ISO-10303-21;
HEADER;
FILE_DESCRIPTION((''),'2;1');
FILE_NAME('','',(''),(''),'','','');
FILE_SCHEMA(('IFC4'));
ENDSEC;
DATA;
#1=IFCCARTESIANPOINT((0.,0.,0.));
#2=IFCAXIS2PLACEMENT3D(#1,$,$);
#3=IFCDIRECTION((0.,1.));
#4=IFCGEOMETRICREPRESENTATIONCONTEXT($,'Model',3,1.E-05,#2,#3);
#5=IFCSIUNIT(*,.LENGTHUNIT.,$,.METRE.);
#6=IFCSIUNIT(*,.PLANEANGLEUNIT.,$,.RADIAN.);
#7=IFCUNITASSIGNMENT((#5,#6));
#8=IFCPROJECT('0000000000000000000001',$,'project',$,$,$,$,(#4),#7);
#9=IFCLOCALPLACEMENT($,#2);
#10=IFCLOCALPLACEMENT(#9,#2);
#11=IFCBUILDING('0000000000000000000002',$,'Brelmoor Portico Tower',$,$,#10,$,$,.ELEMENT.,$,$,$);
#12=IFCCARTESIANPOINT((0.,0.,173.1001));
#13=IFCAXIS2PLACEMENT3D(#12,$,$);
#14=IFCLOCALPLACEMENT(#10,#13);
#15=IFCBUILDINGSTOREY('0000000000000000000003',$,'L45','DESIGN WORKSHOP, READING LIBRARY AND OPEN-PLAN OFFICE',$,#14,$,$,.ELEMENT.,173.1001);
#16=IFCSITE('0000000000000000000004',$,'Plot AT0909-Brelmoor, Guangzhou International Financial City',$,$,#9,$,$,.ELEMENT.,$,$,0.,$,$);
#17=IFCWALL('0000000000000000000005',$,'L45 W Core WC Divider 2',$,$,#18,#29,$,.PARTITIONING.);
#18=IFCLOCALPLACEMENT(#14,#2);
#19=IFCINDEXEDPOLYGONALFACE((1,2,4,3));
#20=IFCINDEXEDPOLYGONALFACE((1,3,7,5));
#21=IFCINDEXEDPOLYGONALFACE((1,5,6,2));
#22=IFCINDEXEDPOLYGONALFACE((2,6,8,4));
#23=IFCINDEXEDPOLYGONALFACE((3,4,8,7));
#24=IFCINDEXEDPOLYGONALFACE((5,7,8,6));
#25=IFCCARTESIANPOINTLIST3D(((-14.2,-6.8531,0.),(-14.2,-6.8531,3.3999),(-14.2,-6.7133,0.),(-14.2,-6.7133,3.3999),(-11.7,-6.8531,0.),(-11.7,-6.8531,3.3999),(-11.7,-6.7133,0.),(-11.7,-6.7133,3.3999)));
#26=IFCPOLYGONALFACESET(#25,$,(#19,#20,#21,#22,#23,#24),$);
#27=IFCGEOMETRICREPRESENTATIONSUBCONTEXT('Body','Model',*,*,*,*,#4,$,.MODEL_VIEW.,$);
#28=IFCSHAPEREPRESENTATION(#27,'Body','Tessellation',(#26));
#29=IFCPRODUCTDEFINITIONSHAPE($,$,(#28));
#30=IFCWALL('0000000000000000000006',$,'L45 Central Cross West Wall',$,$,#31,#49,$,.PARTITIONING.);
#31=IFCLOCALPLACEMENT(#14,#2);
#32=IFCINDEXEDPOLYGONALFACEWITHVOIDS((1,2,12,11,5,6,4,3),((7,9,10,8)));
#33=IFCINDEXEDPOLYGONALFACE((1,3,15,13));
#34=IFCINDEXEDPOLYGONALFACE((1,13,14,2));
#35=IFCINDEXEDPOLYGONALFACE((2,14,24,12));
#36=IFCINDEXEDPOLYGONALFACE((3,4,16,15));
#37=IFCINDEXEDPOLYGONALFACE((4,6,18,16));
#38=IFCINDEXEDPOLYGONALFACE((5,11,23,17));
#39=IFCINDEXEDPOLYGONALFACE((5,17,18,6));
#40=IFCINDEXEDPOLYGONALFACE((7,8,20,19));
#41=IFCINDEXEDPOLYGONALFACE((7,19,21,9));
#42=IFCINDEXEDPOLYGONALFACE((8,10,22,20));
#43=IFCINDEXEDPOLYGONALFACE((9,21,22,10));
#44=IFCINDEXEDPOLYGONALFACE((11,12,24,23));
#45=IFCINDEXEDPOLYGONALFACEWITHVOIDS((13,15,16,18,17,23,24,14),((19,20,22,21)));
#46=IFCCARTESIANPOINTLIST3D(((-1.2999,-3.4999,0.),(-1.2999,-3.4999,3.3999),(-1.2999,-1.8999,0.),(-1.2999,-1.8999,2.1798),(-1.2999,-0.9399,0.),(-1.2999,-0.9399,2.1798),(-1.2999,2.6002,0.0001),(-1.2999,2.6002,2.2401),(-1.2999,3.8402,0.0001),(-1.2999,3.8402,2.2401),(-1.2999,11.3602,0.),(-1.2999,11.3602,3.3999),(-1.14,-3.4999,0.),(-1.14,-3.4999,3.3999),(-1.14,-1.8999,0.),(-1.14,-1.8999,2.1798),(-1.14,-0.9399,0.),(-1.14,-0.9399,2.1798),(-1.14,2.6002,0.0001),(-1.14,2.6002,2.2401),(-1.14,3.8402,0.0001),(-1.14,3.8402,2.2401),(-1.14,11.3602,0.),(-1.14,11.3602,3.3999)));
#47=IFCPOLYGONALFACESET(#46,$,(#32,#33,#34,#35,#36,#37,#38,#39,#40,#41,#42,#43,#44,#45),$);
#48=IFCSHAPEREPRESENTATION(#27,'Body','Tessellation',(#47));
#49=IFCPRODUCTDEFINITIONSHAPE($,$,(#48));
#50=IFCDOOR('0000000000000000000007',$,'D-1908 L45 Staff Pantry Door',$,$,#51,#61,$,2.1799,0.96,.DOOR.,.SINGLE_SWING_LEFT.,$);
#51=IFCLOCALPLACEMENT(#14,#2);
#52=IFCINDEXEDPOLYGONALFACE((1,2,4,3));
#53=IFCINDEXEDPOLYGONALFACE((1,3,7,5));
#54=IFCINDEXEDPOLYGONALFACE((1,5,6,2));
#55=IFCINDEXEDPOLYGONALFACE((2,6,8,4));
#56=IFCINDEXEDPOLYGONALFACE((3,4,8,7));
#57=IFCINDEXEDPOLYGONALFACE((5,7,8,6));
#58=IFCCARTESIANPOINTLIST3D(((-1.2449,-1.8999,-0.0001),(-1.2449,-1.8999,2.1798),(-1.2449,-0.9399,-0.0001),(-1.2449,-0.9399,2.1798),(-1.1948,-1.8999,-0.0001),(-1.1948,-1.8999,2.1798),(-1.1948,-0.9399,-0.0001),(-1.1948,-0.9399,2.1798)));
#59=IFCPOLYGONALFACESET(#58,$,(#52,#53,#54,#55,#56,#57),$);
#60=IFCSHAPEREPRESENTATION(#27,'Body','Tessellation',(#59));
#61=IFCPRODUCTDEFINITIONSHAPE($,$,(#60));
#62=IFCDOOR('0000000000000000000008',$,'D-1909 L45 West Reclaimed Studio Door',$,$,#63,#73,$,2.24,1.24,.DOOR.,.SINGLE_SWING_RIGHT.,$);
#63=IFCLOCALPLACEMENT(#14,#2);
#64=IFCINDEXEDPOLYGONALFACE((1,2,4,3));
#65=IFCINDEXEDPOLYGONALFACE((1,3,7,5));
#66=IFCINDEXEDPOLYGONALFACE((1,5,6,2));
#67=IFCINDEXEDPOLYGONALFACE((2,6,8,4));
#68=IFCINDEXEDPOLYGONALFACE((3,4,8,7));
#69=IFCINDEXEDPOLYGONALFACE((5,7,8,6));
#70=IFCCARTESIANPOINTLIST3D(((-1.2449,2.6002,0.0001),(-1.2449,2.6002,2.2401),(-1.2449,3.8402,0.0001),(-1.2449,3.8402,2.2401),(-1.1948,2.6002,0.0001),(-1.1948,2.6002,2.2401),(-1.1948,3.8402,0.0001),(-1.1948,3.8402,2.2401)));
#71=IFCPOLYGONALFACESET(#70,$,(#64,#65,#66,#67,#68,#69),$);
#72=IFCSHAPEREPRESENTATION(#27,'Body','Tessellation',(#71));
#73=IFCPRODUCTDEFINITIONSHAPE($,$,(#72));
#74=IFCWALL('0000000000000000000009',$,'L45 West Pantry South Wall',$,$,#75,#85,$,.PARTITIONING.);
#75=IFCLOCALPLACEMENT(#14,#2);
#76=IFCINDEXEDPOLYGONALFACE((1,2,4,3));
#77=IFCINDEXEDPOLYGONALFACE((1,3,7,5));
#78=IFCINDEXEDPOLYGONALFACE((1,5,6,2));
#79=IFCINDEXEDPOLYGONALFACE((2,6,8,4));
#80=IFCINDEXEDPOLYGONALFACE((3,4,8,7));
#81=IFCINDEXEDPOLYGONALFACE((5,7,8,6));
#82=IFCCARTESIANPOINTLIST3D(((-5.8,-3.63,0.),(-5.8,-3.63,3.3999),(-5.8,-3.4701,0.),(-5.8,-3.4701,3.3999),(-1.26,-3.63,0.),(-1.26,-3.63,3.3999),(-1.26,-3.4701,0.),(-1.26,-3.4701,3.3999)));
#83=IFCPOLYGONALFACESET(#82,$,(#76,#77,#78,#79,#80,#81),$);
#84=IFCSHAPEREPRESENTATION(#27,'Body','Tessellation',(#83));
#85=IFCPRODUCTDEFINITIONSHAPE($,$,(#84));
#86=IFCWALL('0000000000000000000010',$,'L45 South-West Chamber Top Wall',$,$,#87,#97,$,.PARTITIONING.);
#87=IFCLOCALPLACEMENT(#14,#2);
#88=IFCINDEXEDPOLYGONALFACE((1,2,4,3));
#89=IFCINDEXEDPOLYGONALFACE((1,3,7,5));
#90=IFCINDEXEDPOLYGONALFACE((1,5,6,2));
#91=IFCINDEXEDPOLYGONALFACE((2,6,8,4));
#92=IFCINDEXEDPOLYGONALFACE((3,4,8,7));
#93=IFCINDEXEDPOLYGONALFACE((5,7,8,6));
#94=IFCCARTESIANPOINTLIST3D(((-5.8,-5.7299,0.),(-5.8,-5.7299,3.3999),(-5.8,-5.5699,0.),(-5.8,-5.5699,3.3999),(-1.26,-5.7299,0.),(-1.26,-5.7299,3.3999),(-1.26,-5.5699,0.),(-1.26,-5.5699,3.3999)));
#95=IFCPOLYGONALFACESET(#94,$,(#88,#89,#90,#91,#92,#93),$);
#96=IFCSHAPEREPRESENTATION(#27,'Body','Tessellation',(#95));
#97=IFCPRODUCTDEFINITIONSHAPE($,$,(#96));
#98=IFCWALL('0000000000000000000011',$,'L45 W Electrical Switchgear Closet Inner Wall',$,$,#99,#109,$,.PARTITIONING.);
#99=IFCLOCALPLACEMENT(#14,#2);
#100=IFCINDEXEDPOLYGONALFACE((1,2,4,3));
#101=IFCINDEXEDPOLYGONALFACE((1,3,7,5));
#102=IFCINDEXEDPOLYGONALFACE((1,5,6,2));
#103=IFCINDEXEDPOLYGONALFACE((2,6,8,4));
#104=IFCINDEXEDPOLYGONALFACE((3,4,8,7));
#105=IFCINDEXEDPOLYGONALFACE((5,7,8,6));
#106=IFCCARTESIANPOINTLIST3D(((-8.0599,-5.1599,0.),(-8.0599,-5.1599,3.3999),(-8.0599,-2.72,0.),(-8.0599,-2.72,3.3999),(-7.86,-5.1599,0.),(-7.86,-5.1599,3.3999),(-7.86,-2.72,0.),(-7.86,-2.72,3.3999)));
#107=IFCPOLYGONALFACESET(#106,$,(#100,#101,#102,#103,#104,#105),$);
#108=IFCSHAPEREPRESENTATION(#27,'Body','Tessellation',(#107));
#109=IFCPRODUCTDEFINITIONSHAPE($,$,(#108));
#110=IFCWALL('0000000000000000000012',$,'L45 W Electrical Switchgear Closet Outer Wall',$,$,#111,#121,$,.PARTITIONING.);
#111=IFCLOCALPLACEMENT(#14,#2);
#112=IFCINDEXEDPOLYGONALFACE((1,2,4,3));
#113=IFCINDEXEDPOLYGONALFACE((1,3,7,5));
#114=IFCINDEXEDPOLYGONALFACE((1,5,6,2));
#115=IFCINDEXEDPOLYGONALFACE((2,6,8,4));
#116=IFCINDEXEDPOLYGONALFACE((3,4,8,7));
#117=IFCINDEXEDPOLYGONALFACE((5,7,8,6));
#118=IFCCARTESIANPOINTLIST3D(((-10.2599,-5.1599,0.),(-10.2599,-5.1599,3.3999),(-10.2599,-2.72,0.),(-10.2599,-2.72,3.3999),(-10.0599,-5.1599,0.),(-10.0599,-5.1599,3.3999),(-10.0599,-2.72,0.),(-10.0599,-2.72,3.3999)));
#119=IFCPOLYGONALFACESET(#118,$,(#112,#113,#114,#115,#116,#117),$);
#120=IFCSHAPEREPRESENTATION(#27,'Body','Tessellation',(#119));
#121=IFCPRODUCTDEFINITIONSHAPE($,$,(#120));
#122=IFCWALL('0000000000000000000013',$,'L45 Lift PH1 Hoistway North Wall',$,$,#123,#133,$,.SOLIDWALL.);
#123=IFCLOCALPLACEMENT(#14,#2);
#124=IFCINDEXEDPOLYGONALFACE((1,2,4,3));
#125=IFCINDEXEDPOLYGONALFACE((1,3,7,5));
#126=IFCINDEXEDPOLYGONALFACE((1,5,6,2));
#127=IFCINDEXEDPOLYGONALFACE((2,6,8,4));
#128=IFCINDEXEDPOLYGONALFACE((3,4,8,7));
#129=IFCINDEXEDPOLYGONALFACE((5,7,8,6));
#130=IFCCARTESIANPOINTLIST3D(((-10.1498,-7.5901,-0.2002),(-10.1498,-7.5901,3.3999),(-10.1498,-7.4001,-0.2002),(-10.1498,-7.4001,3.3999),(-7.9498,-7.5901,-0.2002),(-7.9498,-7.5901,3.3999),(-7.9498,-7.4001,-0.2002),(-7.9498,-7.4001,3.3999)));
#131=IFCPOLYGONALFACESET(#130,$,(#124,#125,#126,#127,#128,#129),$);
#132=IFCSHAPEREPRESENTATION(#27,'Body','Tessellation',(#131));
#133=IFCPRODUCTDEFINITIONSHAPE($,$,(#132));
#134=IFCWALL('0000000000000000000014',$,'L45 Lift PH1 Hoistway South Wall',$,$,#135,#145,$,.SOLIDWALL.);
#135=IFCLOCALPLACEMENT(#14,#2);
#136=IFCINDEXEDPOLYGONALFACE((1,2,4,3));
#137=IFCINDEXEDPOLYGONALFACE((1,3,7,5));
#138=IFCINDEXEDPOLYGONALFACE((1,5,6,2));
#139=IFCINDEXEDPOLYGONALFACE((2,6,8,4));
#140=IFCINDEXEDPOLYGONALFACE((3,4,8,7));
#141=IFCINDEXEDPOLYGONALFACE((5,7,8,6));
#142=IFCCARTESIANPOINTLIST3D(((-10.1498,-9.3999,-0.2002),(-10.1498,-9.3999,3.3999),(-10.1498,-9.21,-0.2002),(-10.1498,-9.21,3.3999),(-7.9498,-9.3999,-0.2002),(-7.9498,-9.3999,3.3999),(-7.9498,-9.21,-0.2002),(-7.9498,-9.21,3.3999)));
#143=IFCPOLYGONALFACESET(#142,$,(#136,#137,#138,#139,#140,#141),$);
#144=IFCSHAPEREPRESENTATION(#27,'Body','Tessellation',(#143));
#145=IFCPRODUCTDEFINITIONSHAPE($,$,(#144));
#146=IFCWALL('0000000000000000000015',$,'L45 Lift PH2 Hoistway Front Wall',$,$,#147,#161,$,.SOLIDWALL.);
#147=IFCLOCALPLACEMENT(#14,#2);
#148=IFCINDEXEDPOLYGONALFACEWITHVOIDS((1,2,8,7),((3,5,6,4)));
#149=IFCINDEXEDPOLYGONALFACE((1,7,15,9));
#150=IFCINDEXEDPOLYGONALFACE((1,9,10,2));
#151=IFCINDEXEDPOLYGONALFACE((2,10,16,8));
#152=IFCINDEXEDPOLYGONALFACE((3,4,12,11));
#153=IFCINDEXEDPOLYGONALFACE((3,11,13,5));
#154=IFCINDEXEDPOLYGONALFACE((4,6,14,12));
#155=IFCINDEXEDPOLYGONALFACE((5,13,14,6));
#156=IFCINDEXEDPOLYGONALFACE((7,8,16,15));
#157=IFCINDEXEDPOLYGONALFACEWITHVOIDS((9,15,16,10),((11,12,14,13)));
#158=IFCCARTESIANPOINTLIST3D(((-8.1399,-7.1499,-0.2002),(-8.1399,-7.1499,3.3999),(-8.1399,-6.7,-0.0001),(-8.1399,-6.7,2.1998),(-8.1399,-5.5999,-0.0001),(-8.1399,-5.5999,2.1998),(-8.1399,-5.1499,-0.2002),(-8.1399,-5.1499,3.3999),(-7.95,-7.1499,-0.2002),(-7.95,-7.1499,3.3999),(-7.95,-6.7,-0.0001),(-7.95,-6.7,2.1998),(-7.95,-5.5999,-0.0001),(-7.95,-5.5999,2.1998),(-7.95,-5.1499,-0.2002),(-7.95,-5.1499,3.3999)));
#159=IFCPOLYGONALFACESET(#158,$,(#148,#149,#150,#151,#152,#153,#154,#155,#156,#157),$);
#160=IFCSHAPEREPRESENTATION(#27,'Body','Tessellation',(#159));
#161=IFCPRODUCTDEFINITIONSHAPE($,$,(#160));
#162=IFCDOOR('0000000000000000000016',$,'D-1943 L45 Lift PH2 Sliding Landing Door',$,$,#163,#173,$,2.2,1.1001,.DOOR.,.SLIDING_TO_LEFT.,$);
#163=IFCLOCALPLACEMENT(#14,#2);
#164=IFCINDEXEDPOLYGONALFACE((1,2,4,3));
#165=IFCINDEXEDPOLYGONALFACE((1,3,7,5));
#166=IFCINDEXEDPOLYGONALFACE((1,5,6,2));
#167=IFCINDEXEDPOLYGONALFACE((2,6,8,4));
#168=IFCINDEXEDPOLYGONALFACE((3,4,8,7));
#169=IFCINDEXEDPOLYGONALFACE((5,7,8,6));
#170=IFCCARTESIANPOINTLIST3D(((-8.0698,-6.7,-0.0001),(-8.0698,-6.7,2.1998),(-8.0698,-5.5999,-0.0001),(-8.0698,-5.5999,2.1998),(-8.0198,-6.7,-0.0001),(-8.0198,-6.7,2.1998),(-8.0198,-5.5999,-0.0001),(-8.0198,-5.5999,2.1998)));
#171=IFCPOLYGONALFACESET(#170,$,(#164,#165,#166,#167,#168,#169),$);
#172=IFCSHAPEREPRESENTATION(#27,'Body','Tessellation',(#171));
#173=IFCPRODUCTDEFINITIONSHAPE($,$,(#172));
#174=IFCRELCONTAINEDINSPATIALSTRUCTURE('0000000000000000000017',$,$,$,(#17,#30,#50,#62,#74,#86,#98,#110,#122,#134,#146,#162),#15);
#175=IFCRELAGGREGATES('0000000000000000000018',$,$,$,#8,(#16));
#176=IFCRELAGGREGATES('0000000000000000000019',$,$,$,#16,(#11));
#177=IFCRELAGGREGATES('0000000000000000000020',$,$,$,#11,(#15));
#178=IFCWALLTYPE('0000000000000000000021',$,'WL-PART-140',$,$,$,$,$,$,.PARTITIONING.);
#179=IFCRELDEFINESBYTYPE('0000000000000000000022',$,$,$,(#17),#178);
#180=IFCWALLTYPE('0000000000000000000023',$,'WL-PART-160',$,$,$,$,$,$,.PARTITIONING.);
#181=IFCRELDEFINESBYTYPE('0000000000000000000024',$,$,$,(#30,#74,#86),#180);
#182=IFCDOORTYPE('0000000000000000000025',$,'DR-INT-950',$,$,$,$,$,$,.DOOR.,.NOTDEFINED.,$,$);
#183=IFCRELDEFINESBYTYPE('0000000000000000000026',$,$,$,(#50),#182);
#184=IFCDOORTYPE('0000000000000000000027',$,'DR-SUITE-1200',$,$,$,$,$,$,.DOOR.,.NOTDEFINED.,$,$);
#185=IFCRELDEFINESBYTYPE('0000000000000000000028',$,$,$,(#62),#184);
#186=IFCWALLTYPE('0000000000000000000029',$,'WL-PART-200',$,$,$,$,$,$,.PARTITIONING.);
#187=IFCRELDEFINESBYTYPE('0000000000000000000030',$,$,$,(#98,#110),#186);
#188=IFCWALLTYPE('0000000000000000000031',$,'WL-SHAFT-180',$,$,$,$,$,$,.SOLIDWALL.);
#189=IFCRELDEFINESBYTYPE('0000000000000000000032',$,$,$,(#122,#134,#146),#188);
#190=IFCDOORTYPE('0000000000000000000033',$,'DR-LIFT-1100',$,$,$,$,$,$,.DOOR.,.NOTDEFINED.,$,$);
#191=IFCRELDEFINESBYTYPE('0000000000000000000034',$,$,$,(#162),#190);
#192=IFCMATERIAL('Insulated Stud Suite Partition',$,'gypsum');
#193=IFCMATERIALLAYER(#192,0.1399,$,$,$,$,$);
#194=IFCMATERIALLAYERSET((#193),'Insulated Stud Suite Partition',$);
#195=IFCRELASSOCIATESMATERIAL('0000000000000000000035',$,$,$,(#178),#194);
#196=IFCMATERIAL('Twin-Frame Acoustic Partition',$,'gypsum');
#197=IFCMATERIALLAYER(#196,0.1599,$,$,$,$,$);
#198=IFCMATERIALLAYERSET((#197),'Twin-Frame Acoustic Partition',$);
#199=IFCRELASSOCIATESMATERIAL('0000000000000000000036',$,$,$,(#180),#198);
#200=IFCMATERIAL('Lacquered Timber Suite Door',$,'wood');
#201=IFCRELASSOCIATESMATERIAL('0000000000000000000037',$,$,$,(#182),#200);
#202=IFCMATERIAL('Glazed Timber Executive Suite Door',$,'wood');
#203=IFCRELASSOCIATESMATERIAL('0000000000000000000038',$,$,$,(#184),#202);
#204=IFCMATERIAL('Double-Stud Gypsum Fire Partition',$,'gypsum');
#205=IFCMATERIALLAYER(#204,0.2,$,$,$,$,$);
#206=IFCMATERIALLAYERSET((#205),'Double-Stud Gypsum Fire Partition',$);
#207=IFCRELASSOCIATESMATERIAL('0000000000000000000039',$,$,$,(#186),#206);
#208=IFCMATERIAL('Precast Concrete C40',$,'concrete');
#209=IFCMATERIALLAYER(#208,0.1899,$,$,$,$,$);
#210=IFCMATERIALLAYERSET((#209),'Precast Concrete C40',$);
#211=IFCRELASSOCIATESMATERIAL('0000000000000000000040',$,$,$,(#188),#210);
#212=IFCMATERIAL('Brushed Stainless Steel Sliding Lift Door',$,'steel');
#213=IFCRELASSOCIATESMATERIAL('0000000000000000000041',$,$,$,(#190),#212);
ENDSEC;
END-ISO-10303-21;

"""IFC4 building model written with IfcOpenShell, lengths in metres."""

from ifc_helpers import new_model, si_unit, direction, frame, frame_2d, origin, place, context, subcontext, project, spatial, rectangle, extrude, material, layer, layer_set, type_object, element, fill, save


model = new_model("IFC4")

# Units and contexts
model_context = context("Model", 3, precision=1e-05, world=origin(), true_north=direction((0.0, 1.0)))
body_context = subcontext(model_context, "Body", "Model", "MODEL_VIEW")
ifc_project = project(units=[si_unit("LENGTHUNIT", "METRE"), si_unit("PLANEANGLEUNIT", "RADIAN")], contexts=[model_context])

# Site, building, storey
site_placement = place(None, origin())
site = spatial("IfcSite", under=ifc_project, at=site_placement, Name="Plot AT0909-Brelmoor, Guangzhou International Financial City", CompositionType="ELEMENT", RefElevation=0.0)
building_placement = place(site_placement, origin())
building = spatial("IfcBuilding", under=site, at=building_placement, Name="Brelmoor Portico Tower", CompositionType="ELEMENT")
storey_placement = place(building_placement, frame((0.0, 0.0, 173.1001)))
storey = spatial("IfcBuildingStorey", under=building, at=storey_placement, Name="L45", Description="DESIGN WORKSHOP, READING LIBRARY AND OPEN-PLAN OFFICE", CompositionType="ELEMENT", Elevation=173.1001)

# Wall
ifc_material_1 = material(Name="Insulated Stud Suite Partition", Category="gypsum")
ifc_layer_1 = layer(ifc_material_1, 0.1399)
ifc_layer_set_1 = layer_set([ifc_layer_1], Name="Insulated Stud Suite Partition")
wall_type_1 = type_object("IfcWallType", Name="WL-PART-140", PredefinedType="PARTITIONING", material=ifc_layer_set_1)
wall_1_placement = place(storey_placement, frame((-11.7, -6.7832, 0.0), z_axis=(0.0, 0.0, 1.0), x_axis=(-1.0, 0.0, 0.0)))
element("IfcWall", 1, at=wall_1_placement, inside=storey, type_object=wall_type_1, Name="L45 W Core WC Divider 2", PredefinedType="PARTITIONING", context=body_context, shape_type="SweptSolid", body=[
    extrude(rectangle(XDim=2.5, YDim=0.1399, at=frame_2d((1.25, 0.0))), origin(), (0.0, 0.0, 1.0), 3.3999),
])

# Wall, openings, doors
ifc_material_2 = material(Name="Twin-Frame Acoustic Partition", Category="gypsum")
ifc_layer_2 = layer(ifc_material_2, 0.1599)
ifc_layer_set_2 = layer_set([ifc_layer_2], Name="Twin-Frame Acoustic Partition")
wall_type_2 = type_object("IfcWallType", Name="WL-PART-160", PredefinedType="PARTITIONING", material=ifc_layer_set_2)
wall_2_placement = place(storey_placement, frame((-1.22, -3.5, 0.0), z_axis=(0.0, 0.0, 1.0), x_axis=(0.0, 1.0, 0.0)))
wall_2 = element("IfcWall", 2, at=wall_2_placement, inside=storey, type_object=wall_type_2, Name="L45 Central Cross West Wall", PredefinedType="PARTITIONING", context=body_context, shape_type="SweptSolid", body=[
    extrude(rectangle(XDim=14.8601, YDim=0.1599, at=frame_2d((7.4302, 0.0))), origin(), (0.0, 0.0, 1.0), 3.3999),
])
opening_1_placement = place(wall_2_placement, frame((6.1001, 0.0, 0.0)))
opening_1 = element("IfcOpeningElement", 3, at=opening_1_placement, cuts=wall_2, PredefinedType="OPENING", context=body_context, shape_type="SweptSolid", body=[
    extrude(rectangle(XDim=1.24, YDim=2.24, at=frame_2d((0.6201, 1.1201))), frame((0.0, 0.0898, 0.0), z_axis=(0.0, -1.0, 0.0), x_axis=(1.0, 0.0, 0.0)), (0.0, 0.0, 1.0), 0.1799),
])
opening_2_placement = place(wall_2_placement, frame((1.6001, 0.0, 0.0)))
opening_2 = element("IfcOpeningElement", 4, at=opening_2_placement, cuts=wall_2, PredefinedType="OPENING", context=body_context, shape_type="SweptSolid", body=[
    extrude(rectangle(XDim=0.96, YDim=2.1799, at=frame_2d((0.48, 1.0898))), frame((0.0, 0.0898, 0.0), z_axis=(0.0, -1.0, 0.0), x_axis=(1.0, 0.0, 0.0)), (0.0, 0.0, 1.0), 0.1799),
])
ifc_material_3 = material(Name="Lacquered Timber Suite Door", Category="wood")
door_type_1 = type_object("IfcDoorType", Name="DR-INT-950", OperationType="NOTDEFINED", PredefinedType="DOOR", material=ifc_material_3)
door_1_placement = place(opening_2_placement, origin())
door_1 = element("IfcDoor", 5, at=door_1_placement, inside=storey, type_object=door_type_1, Name="D-1908 L45 Staff Pantry Door", OperationType="SINGLE_SWING_LEFT", OverallHeight=2.1799, OverallWidth=0.96, PredefinedType="DOOR", context=body_context, shape_type="SweptSolid", body=[
    extrude(rectangle(XDim=0.96, YDim=2.1799, at=frame_2d((0.48, 1.0898))), frame((0.0, 0.0249, 0.0), z_axis=(0.0, -1.0, 0.0), x_axis=(1.0, 0.0, 0.0)), (0.0, 0.0, 1.0), 0.05),
])
fill(opening_2, door_1)
ifc_material_4 = material(Name="Glazed Timber Executive Suite Door", Category="wood")
door_type_2 = type_object("IfcDoorType", Name="DR-SUITE-1200", OperationType="NOTDEFINED", PredefinedType="DOOR", material=ifc_material_4)
door_2_placement = place(opening_1_placement, origin())
door_2 = element("IfcDoor", 6, at=door_2_placement, inside=storey, type_object=door_type_2, Name="D-1909 L45 West Reclaimed Studio Door", OperationType="SINGLE_SWING_RIGHT", OverallHeight=2.24, OverallWidth=1.24, PredefinedType="DOOR", context=body_context, shape_type="SweptSolid", body=[
    extrude(rectangle(XDim=1.24, YDim=2.24, at=frame_2d((0.6201, 1.1201))), frame((0.0, 0.0249, 0.0), z_axis=(0.0, -1.0, 0.0), x_axis=(1.0, 0.0, 0.0)), (0.0, 0.0, 1.0), 0.05),
])
fill(opening_1, door_2)

# Walls
for number, where, z_axis, x_axis, name in (
    (7, (-5.8, -3.55, 0.0), (0.0, 0.0, 1.0), (1.0, 0.0, 0.0), "L45 West Pantry South Wall"),
    (8, (-5.8, -5.6499, 0.0), (0.0, 0.0, 1.0), (1.0, 0.0, 0.0), "L45 South-West Chamber Top Wall"),
):
    element("IfcWall", number, at=place(storey_placement, frame(where, z_axis=z_axis, x_axis=x_axis)), inside=storey, type_object=wall_type_2, Name=name, PredefinedType="PARTITIONING", context=body_context, shape_type="SweptSolid", body=[
        extrude(rectangle(XDim=4.54, YDim=0.1599, at=frame_2d((2.27, 0.0))), origin(), (0.0, 0.0, 1.0), 3.3999),
    ])
ifc_material_5 = material(Name="Double-Stud Gypsum Fire Partition", Category="gypsum")
ifc_layer_3 = layer(ifc_material_5, 0.2)
ifc_layer_set_3 = layer_set([ifc_layer_3], Name="Double-Stud Gypsum Fire Partition")
wall_type_3 = type_object("IfcWallType", Name="WL-PART-200", PredefinedType="PARTITIONING", material=ifc_layer_set_3)
for number, where, z_axis, x_axis, name in (
    (9, (-7.96, -5.1599, 0.0), (0.0, 0.0, 1.0), (0.0, 1.0, 0.0), "L45 W Electrical Switchgear Closet Inner Wall"),
    (10, (-10.1599, -5.1599, 0.0), (0.0, 0.0, 1.0), (0.0, 1.0, 0.0), "L45 W Electrical Switchgear Closet Outer Wall"),
):
    element("IfcWall", number, at=place(storey_placement, frame(where, z_axis=z_axis, x_axis=x_axis)), inside=storey, type_object=wall_type_3, Name=name, PredefinedType="PARTITIONING", context=body_context, shape_type="SweptSolid", body=[
        extrude(rectangle(XDim=2.4399, YDim=0.2, at=frame_2d((1.22, 0.0))), origin(), (0.0, 0.0, 1.0), 3.3999),
    ])
ifc_material_6 = material(Name="Precast Concrete C40", Category="concrete")
ifc_layer_4 = layer(ifc_material_6, 0.1899)
ifc_layer_set_4 = layer_set([ifc_layer_4], Name="Precast Concrete C40")
wall_type_4 = type_object("IfcWallType", Name="WL-SHAFT-180", PredefinedType="SOLIDWALL", material=ifc_layer_set_4)
for number, where, z_axis, x_axis, name in (
    (11, (-10.1499, -7.4951, -0.2002), (0.0, 0.0, 1.0), (1.0, 0.0, 0.0), "L45 Lift PH1 Hoistway North Wall"),
    (12, (-10.1499, -9.3049, -0.2002), (0.0, 0.0, 1.0), (1.0, 0.0, 0.0), "L45 Lift PH1 Hoistway South Wall"),
):
    element("IfcWall", number, at=place(storey_placement, frame(where, z_axis=z_axis, x_axis=x_axis)), inside=storey, type_object=wall_type_4, Name=name, PredefinedType="SOLIDWALL", context=body_context, shape_type="SweptSolid", body=[
        extrude(rectangle(XDim=2.2, YDim=0.1899, at=frame_2d((1.1001, 0.0))), origin(), (0.0, 0.0, 1.0), 3.6001),
    ])

# Wall, opening, door
wall_3_placement = place(storey_placement, frame((-8.0449, -7.1499, -0.2002), z_axis=(0.0, 0.0, 1.0), x_axis=(0.0, 1.0, 0.0)))
wall_3 = element("IfcWall", 13, at=wall_3_placement, inside=storey, type_object=wall_type_4, Name="L45 Lift PH2 Hoistway Front Wall", PredefinedType="SOLIDWALL", context=body_context, shape_type="SweptSolid", body=[
    extrude(rectangle(XDim=2.0, YDim=0.1899, at=frame_2d((1.0, 0.0))), origin(), (0.0, 0.0, 1.0), 3.6001),
])
opening_3_placement = place(wall_3_placement, frame((0.45, 0.0, 0.2)))
opening_3 = element("IfcOpeningElement", 14, at=opening_3_placement, cuts=wall_3, PredefinedType="OPENING", context=body_context, shape_type="SweptSolid", body=[
    extrude(rectangle(XDim=1.1001, YDim=2.2, at=frame_2d((0.55, 1.1001))), frame((0.0, 0.105, 0.0), z_axis=(0.0, -1.0, 0.0), x_axis=(1.0, 0.0, 0.0)), (0.0, 0.0, 1.0), 0.21),
])
ifc_material_7 = material(Name="Brushed Stainless Steel Sliding Lift Door", Category="steel")
door_type_3 = type_object("IfcDoorType", Name="DR-LIFT-1100", OperationType="NOTDEFINED", PredefinedType="DOOR", material=ifc_material_7)
door_3_placement = place(opening_3_placement, origin())
door_3 = element("IfcDoor", 15, at=door_3_placement, inside=storey, type_object=door_type_3, Name="D-1943 L45 Lift PH2 Sliding Landing Door", OperationType="SLIDING_TO_LEFT", OverallHeight=2.2, OverallWidth=1.1001, PredefinedType="DOOR", context=body_context, shape_type="SweptSolid", body=[
    extrude(rectangle(XDim=1.1001, YDim=2.2, at=frame_2d((0.55, 1.1001))), frame((0.0, 0.0249, 0.0), z_axis=(0.0, -1.0, 0.0), x_axis=(1.0, 0.0, 0.0)), (0.0, 0.0, 1.0), 0.05),
])
fill(opening_3, door_3)

save(model, "model.ifc")
